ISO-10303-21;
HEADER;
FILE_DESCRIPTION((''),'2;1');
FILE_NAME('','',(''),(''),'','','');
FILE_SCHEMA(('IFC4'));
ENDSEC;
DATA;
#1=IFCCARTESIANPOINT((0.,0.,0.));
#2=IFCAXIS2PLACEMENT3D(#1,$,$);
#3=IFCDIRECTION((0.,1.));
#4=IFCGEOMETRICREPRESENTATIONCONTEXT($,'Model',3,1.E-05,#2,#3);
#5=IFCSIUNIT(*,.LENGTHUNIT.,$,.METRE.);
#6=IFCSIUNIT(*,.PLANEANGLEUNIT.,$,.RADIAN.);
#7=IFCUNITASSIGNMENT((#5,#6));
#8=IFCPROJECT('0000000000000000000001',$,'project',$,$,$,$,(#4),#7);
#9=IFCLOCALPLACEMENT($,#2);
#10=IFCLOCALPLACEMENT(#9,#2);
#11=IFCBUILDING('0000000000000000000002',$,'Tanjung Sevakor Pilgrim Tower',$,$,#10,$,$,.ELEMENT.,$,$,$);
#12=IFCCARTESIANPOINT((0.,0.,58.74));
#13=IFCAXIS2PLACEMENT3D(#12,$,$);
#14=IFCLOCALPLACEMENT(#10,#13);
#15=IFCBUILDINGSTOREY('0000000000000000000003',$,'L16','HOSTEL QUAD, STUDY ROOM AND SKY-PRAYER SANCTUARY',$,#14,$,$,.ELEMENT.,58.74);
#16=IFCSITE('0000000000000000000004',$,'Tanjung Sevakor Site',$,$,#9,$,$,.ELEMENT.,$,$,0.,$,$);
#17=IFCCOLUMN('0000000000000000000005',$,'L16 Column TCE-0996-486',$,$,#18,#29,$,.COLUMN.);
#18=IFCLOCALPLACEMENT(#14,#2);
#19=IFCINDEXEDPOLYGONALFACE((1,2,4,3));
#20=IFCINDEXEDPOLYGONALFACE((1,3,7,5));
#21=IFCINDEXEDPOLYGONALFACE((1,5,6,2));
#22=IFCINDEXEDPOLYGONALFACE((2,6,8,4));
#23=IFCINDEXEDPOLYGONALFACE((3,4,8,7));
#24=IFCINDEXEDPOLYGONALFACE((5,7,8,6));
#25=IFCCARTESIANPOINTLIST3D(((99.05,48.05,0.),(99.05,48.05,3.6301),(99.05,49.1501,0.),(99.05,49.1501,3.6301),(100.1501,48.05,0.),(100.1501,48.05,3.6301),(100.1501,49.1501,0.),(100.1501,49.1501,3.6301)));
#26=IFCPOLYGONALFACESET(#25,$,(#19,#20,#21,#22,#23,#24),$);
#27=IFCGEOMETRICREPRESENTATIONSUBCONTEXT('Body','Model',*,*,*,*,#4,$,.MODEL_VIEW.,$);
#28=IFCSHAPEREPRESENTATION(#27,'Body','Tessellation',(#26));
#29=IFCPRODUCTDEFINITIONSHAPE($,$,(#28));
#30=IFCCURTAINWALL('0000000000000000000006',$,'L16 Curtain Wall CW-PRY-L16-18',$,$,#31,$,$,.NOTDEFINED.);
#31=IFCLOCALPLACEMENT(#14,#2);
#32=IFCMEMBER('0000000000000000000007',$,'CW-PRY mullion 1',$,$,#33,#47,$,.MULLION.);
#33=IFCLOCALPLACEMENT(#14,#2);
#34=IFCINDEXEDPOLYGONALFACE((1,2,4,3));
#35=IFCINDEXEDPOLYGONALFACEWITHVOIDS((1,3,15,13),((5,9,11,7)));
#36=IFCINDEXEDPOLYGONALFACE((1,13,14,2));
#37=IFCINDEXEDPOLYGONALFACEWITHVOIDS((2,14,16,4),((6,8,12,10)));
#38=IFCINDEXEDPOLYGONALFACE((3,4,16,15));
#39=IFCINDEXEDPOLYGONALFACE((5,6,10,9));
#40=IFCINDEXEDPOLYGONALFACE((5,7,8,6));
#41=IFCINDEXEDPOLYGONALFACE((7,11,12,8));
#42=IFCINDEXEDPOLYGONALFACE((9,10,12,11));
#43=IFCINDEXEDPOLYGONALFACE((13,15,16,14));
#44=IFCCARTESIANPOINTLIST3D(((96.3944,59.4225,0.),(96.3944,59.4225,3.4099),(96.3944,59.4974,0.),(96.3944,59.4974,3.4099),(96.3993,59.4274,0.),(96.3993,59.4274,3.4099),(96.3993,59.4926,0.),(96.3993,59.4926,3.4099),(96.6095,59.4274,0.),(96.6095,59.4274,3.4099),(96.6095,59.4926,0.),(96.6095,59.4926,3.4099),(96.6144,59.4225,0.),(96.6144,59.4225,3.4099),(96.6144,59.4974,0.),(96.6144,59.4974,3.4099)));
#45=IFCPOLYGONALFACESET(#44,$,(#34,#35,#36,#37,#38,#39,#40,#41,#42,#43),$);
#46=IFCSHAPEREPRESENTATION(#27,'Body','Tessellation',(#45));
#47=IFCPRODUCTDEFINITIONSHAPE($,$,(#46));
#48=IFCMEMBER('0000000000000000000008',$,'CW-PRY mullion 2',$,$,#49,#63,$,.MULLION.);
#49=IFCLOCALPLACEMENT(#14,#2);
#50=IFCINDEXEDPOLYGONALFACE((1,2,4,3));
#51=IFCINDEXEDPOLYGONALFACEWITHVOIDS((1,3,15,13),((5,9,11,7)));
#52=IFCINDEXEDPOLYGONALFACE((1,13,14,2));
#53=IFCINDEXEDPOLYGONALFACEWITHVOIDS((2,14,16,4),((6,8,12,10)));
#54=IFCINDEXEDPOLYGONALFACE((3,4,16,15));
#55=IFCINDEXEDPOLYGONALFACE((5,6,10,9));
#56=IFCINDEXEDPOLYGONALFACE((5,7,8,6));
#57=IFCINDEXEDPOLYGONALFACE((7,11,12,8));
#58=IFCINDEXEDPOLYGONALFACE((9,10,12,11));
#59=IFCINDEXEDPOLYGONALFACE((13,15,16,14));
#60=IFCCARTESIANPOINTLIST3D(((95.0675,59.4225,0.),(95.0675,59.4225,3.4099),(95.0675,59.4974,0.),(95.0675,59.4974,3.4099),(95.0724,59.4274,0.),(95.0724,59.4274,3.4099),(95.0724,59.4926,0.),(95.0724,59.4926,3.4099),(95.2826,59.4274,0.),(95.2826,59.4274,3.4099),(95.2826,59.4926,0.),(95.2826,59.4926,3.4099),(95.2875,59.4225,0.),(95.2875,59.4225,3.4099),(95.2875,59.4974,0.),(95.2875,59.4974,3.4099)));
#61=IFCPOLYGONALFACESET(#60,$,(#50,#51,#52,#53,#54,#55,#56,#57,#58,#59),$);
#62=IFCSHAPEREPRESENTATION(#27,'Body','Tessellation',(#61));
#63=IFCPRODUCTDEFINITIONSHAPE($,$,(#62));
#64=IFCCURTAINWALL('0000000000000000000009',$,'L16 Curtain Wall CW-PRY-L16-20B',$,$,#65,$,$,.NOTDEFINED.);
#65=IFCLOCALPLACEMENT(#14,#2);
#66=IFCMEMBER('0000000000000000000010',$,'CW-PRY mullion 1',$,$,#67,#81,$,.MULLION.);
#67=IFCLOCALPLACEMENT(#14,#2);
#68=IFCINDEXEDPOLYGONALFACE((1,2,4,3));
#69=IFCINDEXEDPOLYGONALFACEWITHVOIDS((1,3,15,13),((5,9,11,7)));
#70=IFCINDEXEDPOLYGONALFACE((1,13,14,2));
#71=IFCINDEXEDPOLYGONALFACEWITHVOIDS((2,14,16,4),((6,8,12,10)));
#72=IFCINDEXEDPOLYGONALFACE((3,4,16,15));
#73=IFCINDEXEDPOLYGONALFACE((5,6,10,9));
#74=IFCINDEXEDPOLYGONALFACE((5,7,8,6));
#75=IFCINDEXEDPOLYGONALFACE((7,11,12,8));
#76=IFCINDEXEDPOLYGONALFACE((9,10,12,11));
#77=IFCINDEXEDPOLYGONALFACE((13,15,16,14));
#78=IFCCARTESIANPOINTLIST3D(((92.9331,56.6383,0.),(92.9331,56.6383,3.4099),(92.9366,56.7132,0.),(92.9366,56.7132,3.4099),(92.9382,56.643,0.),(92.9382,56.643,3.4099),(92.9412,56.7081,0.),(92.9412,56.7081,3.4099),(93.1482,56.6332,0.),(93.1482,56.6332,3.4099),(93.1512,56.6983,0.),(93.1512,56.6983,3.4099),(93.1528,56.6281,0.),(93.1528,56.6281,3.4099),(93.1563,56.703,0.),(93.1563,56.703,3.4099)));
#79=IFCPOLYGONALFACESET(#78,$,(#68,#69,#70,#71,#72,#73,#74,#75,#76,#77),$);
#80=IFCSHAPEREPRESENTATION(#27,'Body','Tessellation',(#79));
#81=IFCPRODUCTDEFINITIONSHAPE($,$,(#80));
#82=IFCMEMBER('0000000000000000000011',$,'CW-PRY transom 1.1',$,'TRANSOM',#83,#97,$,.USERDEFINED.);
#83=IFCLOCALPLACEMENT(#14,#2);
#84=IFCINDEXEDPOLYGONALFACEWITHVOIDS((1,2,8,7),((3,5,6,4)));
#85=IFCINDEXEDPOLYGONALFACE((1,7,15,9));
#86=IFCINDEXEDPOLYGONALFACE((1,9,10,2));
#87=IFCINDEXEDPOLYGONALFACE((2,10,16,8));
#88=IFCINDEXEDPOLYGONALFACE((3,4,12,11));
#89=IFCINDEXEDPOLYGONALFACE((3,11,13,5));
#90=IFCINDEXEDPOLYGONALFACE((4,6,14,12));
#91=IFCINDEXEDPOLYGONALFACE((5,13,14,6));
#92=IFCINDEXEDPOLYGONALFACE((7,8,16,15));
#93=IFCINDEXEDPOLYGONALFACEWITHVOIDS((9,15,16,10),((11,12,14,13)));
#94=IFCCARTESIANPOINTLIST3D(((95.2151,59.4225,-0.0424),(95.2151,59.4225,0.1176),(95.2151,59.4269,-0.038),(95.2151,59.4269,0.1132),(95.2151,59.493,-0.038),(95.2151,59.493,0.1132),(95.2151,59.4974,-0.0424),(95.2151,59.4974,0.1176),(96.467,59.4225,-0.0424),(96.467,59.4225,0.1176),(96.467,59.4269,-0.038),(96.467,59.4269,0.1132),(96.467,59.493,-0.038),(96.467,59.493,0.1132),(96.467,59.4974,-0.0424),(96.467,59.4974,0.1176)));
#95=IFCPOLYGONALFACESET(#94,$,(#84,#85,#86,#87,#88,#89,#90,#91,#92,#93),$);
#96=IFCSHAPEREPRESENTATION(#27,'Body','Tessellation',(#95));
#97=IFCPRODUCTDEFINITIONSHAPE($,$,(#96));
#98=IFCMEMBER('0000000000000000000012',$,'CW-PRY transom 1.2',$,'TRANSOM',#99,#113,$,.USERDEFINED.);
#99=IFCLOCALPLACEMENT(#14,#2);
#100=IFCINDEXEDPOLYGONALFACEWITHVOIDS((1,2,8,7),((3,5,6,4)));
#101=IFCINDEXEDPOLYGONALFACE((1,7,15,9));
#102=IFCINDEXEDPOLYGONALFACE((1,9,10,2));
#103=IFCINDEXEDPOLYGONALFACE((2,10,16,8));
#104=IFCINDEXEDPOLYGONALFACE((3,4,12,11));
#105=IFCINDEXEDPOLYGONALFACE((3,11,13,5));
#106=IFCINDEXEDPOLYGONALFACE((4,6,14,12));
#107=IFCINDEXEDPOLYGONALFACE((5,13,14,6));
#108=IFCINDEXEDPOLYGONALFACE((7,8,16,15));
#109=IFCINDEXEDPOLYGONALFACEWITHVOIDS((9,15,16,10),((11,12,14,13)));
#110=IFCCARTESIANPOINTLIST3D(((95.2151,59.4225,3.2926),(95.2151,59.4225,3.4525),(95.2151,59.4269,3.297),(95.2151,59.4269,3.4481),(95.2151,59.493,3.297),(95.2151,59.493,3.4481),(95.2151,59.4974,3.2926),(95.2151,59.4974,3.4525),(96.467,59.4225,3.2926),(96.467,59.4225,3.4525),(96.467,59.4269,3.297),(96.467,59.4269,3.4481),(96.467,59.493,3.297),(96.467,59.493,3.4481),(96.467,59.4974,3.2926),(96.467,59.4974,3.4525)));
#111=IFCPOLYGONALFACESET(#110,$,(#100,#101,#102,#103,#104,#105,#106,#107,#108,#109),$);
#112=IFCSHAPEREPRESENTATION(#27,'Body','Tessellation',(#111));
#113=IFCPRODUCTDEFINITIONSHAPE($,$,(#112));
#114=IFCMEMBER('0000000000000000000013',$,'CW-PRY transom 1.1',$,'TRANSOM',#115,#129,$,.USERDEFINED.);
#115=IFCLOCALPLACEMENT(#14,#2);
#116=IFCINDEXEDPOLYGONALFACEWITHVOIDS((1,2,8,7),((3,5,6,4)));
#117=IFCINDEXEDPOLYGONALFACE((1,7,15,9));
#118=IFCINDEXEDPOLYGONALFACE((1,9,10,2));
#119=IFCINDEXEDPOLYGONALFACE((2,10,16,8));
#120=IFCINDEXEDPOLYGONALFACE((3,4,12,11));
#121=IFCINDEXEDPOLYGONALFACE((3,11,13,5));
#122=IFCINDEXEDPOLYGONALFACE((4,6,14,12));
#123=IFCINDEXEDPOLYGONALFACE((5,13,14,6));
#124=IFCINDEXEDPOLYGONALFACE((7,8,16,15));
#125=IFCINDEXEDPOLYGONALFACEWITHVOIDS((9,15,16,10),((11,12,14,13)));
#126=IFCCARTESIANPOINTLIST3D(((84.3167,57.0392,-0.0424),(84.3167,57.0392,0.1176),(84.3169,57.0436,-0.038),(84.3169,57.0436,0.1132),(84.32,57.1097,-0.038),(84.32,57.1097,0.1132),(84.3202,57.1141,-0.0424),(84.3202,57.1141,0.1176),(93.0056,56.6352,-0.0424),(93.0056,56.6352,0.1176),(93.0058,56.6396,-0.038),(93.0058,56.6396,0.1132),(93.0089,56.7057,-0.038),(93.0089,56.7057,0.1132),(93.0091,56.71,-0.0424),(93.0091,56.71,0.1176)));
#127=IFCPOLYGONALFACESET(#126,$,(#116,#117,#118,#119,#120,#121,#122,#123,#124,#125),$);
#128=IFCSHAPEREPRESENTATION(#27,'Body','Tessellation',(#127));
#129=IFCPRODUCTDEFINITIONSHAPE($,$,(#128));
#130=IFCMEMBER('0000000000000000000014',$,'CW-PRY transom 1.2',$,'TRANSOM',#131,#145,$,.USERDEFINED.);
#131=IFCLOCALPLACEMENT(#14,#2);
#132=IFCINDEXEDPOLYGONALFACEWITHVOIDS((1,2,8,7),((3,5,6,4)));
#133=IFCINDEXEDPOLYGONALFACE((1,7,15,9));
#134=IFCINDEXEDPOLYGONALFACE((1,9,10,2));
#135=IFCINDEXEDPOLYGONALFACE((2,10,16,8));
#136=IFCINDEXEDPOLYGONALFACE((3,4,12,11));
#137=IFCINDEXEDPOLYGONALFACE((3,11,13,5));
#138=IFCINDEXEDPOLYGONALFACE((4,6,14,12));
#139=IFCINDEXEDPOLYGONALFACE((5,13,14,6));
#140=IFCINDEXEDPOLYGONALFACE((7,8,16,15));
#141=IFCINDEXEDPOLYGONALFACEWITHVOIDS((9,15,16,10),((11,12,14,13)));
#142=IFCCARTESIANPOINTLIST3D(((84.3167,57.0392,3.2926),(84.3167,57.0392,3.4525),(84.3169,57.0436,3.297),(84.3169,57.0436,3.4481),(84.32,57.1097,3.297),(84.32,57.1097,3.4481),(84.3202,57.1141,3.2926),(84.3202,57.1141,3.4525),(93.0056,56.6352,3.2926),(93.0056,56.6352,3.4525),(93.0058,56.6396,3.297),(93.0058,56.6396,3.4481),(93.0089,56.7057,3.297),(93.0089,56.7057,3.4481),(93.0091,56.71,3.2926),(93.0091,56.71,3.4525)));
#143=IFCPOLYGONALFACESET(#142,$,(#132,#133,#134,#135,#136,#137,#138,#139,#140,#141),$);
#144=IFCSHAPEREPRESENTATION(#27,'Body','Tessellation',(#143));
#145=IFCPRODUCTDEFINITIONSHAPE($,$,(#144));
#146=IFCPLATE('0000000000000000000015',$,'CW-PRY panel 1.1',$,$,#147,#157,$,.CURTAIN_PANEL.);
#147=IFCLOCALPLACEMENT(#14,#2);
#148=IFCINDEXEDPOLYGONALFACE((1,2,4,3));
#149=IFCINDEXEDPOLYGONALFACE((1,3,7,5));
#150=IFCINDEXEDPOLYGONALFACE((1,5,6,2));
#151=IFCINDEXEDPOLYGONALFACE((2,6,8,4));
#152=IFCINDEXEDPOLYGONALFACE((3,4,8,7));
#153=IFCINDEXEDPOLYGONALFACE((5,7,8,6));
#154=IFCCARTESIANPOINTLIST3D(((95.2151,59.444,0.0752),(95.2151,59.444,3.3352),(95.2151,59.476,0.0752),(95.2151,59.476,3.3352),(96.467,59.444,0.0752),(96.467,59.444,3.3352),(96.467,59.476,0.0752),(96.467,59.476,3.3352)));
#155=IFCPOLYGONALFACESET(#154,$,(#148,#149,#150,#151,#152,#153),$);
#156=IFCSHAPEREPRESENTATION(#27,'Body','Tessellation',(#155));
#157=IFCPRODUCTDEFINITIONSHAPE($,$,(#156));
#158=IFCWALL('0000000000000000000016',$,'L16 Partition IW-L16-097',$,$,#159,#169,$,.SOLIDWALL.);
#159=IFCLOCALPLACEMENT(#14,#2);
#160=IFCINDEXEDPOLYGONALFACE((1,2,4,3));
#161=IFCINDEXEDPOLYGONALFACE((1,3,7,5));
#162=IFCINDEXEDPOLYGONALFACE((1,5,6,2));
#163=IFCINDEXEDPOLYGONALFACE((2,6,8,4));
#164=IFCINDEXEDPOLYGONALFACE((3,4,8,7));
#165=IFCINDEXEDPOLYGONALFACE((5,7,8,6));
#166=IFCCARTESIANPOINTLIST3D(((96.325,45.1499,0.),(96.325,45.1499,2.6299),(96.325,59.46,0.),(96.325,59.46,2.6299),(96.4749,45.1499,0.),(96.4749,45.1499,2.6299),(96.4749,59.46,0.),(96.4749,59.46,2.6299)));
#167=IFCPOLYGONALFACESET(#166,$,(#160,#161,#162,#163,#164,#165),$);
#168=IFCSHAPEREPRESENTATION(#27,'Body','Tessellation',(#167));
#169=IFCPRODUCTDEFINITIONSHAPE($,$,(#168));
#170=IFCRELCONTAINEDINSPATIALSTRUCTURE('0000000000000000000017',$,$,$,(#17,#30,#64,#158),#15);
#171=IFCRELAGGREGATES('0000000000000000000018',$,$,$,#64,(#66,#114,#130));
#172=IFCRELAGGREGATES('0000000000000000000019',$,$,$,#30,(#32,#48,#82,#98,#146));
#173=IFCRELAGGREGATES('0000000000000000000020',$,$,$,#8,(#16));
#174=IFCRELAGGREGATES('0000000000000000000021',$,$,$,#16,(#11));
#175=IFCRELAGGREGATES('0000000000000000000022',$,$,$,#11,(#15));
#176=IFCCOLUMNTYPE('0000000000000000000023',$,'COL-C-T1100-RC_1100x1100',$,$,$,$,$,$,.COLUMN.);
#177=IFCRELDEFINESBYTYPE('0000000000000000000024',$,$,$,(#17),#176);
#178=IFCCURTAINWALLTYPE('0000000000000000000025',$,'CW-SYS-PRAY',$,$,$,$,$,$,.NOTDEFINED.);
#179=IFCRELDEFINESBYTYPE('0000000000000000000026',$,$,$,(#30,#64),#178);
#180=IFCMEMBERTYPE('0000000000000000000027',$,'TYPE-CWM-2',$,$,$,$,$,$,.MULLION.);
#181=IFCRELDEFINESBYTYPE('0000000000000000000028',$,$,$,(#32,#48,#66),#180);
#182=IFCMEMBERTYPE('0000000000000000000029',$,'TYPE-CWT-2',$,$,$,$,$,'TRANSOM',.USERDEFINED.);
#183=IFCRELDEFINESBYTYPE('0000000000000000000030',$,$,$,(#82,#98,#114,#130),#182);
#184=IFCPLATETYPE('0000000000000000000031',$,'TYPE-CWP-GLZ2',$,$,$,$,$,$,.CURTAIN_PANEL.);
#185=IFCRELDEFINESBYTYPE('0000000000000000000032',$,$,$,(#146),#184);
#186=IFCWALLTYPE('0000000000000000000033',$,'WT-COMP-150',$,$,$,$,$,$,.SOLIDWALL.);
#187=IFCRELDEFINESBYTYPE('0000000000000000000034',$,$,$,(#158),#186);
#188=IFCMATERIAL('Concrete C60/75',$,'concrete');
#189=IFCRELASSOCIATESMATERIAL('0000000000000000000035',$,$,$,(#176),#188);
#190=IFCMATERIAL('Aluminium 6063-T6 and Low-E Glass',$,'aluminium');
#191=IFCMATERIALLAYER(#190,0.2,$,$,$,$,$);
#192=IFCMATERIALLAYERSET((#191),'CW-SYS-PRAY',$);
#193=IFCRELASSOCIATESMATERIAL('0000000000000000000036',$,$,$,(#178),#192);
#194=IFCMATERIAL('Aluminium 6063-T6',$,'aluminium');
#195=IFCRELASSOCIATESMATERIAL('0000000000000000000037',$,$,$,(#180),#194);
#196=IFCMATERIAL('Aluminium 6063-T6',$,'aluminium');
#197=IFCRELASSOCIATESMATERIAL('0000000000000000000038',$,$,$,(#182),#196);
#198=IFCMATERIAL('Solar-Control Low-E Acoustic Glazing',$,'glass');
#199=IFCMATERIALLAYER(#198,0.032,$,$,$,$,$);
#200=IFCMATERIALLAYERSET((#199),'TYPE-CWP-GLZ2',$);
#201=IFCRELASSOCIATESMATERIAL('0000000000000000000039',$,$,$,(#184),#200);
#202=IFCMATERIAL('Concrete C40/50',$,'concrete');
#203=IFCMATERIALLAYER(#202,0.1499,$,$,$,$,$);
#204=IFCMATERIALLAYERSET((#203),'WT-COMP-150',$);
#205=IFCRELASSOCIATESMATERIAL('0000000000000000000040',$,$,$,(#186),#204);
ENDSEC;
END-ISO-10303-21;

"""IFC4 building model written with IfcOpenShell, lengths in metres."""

from ifc_helpers import new_model, si_unit, direction, frame, frame_2d, origin, origin_2d, place, context, subcontext, project, spatial, rectangle, hollow_rectangle, extrude, material, layer, layer_set, material_profile, profile_set, type_object, element, aggregate, save


model = new_model("IFC4")

# Units and contexts
model_context = context("Model", 3, precision=1e-05, world=origin(), true_north=direction((0.0, 1.0)))
body_context = subcontext(model_context, "Body", "Model", "MODEL_VIEW")
ifc_project = project(units=[si_unit("LENGTHUNIT", "METRE"), si_unit("PLANEANGLEUNIT", "RADIAN")], contexts=[model_context])

# Site, building, storey
site_placement = place(None, origin())
site = spatial("IfcSite", under=ifc_project, at=site_placement, Name="Tanjung Sevakor Site", CompositionType="ELEMENT", RefElevation=0.0)
building_placement = place(site_placement, origin())
building = spatial("IfcBuilding", under=site, at=building_placement, Name="Tanjung Sevakor Pilgrim Tower", CompositionType="ELEMENT")
storey_placement = place(building_placement, frame((0.0, 0.0, 58.74)))
storey = spatial("IfcBuildingStorey", under=building, at=storey_placement, Name="L16", Description="HOSTEL QUAD, STUDY ROOM AND SKY-PRAYER SANCTUARY", CompositionType="ELEMENT", Elevation=58.74)

# Column
ifc_material_1 = material(Name="Concrete C60/75", Category="concrete")
ifc_material_profile_1 = material_profile(ifc_material_1, rectangle(XDim=1.1001, YDim=1.1001, at=origin_2d()))
ifc_profile_set_1 = profile_set([ifc_material_profile_1], Name="Concrete C60/75")
column_type = type_object("IfcColumnType", Name="COL-C-T1100-RC_1100x1100", PredefinedType="COLUMN", material=ifc_profile_set_1)
column_placement = place(storey_placement, frame((99.6001, 48.6001, 0.0), z_axis=(0.0, 0.0, 1.0), x_axis=(1.0, 0.0, 0.0)))
element("IfcColumn", 1, at=column_placement, inside=storey, type_object=column_type, Name="L16 Column TCE-0996-486", PredefinedType="COLUMN", context=body_context, shape_type="SweptSolid", body=[
    extrude(rectangle(XDim=1.1001, YDim=1.1001, at=origin_2d()), origin(), (0.0, 0.0, 1.0), 3.6301),
])

# Curtain wall, members
ifc_material_2 = material(Name="Aluminium 6063-T6 and Low-E Glass", Category="aluminium")
ifc_layer_1 = layer(ifc_material_2, 0.2)
ifc_layer_set_1 = layer_set([ifc_layer_1], Name="CW-SYS-PRAY")
curtain_wall_type = type_object("IfcCurtainWallType", Name="CW-SYS-PRAY", PredefinedType="NOTDEFINED", material=ifc_layer_set_1)
curtain_wall_1_placement = place(storey_placement, origin())
curtain_wall_1 = element("IfcCurtainWall", 2, at=curtain_wall_1_placement, inside=storey, type_object=curtain_wall_type, Name="L16 Curtain Wall CW-PRY-L16-18", PredefinedType="NOTDEFINED")
ifc_material_3 = material(Name="Aluminium 6063-T6", Category="aluminium")
ifc_material_profile_2 = material_profile(ifc_material_3, hollow_rectangle(XDim=0.075, YDim=0.22, WallThickness=0.0049, at=origin_2d()))
ifc_profile_set_2 = profile_set([ifc_material_profile_2], Name="Aluminium 6063-T6")
member_type_1 = type_object("IfcMemberType", Name="TYPE-CWM-2", PredefinedType="MULLION", material=ifc_profile_set_2)
member_1_placement = place(storey_placement, frame((96.5044, 59.46, 0.0), z_axis=(0.0, 0.0, 1.0), x_axis=(0.0, -1.0, 0.0)))
member_1 = element("IfcMember", 3, at=member_1_placement, type_object=member_type_1, Name="CW-PRY mullion 1", PredefinedType="MULLION", context=body_context, shape_type="SweptSolid", body=[
    extrude(hollow_rectangle(XDim=0.075, YDim=0.22, WallThickness=0.0049, at=origin_2d()), origin(), (0.0, 0.0, 1.0), 3.4099),
])
member_2_placement = place(storey_placement, frame((95.1775, 59.46, 0.0), z_axis=(0.0, 0.0, 1.0), x_axis=(0.0, -1.0, 0.0)))
member_2 = element("IfcMember", 4, at=member_2_placement, type_object=member_type_1, Name="CW-PRY mullion 2", PredefinedType="MULLION", context=body_context, shape_type="SweptSolid", body=[
    extrude(hollow_rectangle(XDim=0.075, YDim=0.22, WallThickness=0.0049, at=origin_2d()), origin(), (0.0, 0.0, 1.0), 3.4099),
])

# Curtain wall, member
curtain_wall_2_placement = place(storey_placement, origin())
curtain_wall_2 = element("IfcCurtainWall", 5, at=curtain_wall_2_placement, inside=storey, type_object=curtain_wall_type, Name="L16 Curtain Wall CW-PRY-L16-20B", PredefinedType="NOTDEFINED")
member_3_placement = place(storey_placement, frame((93.0447, 56.6707, 0.0), z_axis=(0.0, 0.0, 1.0), x_axis=(-0.046472, -0.99892, 0.0)))
member_3 = element("IfcMember", 6, at=member_3_placement, type_object=member_type_1, Name="CW-PRY mullion 1", PredefinedType="MULLION", context=body_context, shape_type="SweptSolid", body=[
    extrude(hollow_rectangle(XDim=0.075, YDim=0.22, WallThickness=0.0049, at=origin_2d()), origin(), (0.0, 0.0, 1.0), 3.4099),
])

# Members
ifc_material_4 = material(Name="Aluminium 6063-T6", Category="aluminium")
ifc_material_profile_3 = material_profile(ifc_material_4, hollow_rectangle(XDim=0.075, YDim=0.1599, WallThickness=0.0044, at=origin_2d()))
ifc_profile_set_3 = profile_set([ifc_material_profile_3], Name="Aluminium 6063-T6")
member_type_2 = type_object("IfcMemberType", Name="TYPE-CWT-2", ElementType="TRANSOM", PredefinedType="USERDEFINED", material=ifc_profile_set_3)
member_4_placement = place(storey_placement, frame((96.467, 59.46, 0.0376), z_axis=(-1.0, 0.0, 0.0), x_axis=(0.0, -1.0, 0.0)))
member_4 = element("IfcMember", 7, at=member_4_placement, type_object=member_type_2, Name="CW-PRY transom 1.1", ObjectType="TRANSOM", PredefinedType="USERDEFINED", context=body_context, shape_type="SweptSolid", body=[
    extrude(hollow_rectangle(XDim=0.075, YDim=0.1599, WallThickness=0.0044, at=origin_2d()), origin(), (0.0, 0.0, 1.0), 1.252),
])
member_5_placement = place(storey_placement, frame((96.467, 59.46, 3.3726), z_axis=(-1.0, 0.0, 0.0), x_axis=(0.0, -1.0, 0.0)))
member_5 = element("IfcMember", 8, at=member_5_placement, type_object=member_type_2, Name="CW-PRY transom 1.2", ObjectType="TRANSOM", PredefinedType="USERDEFINED", context=body_context, shape_type="SweptSolid", body=[
    extrude(hollow_rectangle(XDim=0.075, YDim=0.1599, WallThickness=0.0044, at=origin_2d()), origin(), (0.0, 0.0, 1.0), 1.252),
])
member_6_placement = place(storey_placement, frame((93.0073, 56.6726, 0.0376), z_axis=(-0.998921, 0.046452, 0.0), x_axis=(-0.046452, -0.998921, 0.0)))
member_6 = element("IfcMember", 9, at=member_6_placement, type_object=member_type_2, Name="CW-PRY transom 1.1", ObjectType="TRANSOM", PredefinedType="USERDEFINED", context=body_context, shape_type="SweptSolid", body=[
    extrude(hollow_rectangle(XDim=0.075, YDim=0.1599, WallThickness=0.0044, at=origin_2d()), origin(), (0.0, 0.0, 1.0), 8.6982),
])
member_7_placement = place(storey_placement, frame((93.0073, 56.6726, 3.3726), z_axis=(-0.998921, 0.046452, 0.0), x_axis=(-0.046452, -0.998921, 0.0)))
member_7 = element("IfcMember", 10, at=member_7_placement, type_object=member_type_2, Name="CW-PRY transom 1.2", ObjectType="TRANSOM", PredefinedType="USERDEFINED", context=body_context, shape_type="SweptSolid", body=[
    extrude(hollow_rectangle(XDim=0.075, YDim=0.1599, WallThickness=0.0044, at=origin_2d()), origin(), (0.0, 0.0, 1.0), 8.6982),
])
aggregate(curtain_wall_2, [member_3, member_6, member_7])

# Plate
ifc_material_5 = material(Name="Solar-Control Low-E Acoustic Glazing", Category="glass")
ifc_layer_2 = layer(ifc_material_5, 0.032)
ifc_layer_set_2 = layer_set([ifc_layer_2], Name="TYPE-CWP-GLZ2")
plate_type = type_object("IfcPlateType", Name="TYPE-CWP-GLZ2", PredefinedType="CURTAIN_PANEL", material=ifc_layer_set_2)
plate_placement = place(storey_placement, frame((95.8411, 59.46, 0.0752), z_axis=(0.0, 0.0, 1.0), x_axis=(-1.0, 0.0, 0.0)))
plate = element("IfcPlate", 11, at=plate_placement, type_object=plate_type, Name="CW-PRY panel 1.1", PredefinedType="CURTAIN_PANEL", context=body_context, shape_type="SweptSolid", body=[
    extrude(rectangle(XDim=1.252, YDim=0.032, at=origin_2d()), origin(), (0.0, 0.0, 1.0), 3.26),
])
aggregate(curtain_wall_1, [member_1, member_2, member_4, member_5, plate])

# Wall
ifc_material_6 = material(Name="Concrete C40/50", Category="concrete")
ifc_layer_3 = layer(ifc_material_6, 0.1499)
ifc_layer_set_3 = layer_set([ifc_layer_3], Name="WT-COMP-150")
wall_type_1 = type_object("IfcWallType", Name="WT-COMP-150", PredefinedType="SOLIDWALL", material=ifc_layer_set_3)
wall_1_placement = place(storey_placement, frame((96.3999, 45.1499, 0.0), z_axis=(0.0, 0.0, 1.0), x_axis=(0.0, 1.0, 0.0)))
element("IfcWall", 12, at=wall_1_placement, inside=storey, type_object=wall_type_1, Name="L16 Partition IW-L16-097", PredefinedType="SOLIDWALL", context=body_context, shape_type="SweptSolid", body=[
    extrude(rectangle(XDim=14.3101, YDim=0.1499, at=frame_2d((7.155, 0.0))), origin(), (0.0, 0.0, 1.0), 2.6299),
])

save(model, "model.ifc")
